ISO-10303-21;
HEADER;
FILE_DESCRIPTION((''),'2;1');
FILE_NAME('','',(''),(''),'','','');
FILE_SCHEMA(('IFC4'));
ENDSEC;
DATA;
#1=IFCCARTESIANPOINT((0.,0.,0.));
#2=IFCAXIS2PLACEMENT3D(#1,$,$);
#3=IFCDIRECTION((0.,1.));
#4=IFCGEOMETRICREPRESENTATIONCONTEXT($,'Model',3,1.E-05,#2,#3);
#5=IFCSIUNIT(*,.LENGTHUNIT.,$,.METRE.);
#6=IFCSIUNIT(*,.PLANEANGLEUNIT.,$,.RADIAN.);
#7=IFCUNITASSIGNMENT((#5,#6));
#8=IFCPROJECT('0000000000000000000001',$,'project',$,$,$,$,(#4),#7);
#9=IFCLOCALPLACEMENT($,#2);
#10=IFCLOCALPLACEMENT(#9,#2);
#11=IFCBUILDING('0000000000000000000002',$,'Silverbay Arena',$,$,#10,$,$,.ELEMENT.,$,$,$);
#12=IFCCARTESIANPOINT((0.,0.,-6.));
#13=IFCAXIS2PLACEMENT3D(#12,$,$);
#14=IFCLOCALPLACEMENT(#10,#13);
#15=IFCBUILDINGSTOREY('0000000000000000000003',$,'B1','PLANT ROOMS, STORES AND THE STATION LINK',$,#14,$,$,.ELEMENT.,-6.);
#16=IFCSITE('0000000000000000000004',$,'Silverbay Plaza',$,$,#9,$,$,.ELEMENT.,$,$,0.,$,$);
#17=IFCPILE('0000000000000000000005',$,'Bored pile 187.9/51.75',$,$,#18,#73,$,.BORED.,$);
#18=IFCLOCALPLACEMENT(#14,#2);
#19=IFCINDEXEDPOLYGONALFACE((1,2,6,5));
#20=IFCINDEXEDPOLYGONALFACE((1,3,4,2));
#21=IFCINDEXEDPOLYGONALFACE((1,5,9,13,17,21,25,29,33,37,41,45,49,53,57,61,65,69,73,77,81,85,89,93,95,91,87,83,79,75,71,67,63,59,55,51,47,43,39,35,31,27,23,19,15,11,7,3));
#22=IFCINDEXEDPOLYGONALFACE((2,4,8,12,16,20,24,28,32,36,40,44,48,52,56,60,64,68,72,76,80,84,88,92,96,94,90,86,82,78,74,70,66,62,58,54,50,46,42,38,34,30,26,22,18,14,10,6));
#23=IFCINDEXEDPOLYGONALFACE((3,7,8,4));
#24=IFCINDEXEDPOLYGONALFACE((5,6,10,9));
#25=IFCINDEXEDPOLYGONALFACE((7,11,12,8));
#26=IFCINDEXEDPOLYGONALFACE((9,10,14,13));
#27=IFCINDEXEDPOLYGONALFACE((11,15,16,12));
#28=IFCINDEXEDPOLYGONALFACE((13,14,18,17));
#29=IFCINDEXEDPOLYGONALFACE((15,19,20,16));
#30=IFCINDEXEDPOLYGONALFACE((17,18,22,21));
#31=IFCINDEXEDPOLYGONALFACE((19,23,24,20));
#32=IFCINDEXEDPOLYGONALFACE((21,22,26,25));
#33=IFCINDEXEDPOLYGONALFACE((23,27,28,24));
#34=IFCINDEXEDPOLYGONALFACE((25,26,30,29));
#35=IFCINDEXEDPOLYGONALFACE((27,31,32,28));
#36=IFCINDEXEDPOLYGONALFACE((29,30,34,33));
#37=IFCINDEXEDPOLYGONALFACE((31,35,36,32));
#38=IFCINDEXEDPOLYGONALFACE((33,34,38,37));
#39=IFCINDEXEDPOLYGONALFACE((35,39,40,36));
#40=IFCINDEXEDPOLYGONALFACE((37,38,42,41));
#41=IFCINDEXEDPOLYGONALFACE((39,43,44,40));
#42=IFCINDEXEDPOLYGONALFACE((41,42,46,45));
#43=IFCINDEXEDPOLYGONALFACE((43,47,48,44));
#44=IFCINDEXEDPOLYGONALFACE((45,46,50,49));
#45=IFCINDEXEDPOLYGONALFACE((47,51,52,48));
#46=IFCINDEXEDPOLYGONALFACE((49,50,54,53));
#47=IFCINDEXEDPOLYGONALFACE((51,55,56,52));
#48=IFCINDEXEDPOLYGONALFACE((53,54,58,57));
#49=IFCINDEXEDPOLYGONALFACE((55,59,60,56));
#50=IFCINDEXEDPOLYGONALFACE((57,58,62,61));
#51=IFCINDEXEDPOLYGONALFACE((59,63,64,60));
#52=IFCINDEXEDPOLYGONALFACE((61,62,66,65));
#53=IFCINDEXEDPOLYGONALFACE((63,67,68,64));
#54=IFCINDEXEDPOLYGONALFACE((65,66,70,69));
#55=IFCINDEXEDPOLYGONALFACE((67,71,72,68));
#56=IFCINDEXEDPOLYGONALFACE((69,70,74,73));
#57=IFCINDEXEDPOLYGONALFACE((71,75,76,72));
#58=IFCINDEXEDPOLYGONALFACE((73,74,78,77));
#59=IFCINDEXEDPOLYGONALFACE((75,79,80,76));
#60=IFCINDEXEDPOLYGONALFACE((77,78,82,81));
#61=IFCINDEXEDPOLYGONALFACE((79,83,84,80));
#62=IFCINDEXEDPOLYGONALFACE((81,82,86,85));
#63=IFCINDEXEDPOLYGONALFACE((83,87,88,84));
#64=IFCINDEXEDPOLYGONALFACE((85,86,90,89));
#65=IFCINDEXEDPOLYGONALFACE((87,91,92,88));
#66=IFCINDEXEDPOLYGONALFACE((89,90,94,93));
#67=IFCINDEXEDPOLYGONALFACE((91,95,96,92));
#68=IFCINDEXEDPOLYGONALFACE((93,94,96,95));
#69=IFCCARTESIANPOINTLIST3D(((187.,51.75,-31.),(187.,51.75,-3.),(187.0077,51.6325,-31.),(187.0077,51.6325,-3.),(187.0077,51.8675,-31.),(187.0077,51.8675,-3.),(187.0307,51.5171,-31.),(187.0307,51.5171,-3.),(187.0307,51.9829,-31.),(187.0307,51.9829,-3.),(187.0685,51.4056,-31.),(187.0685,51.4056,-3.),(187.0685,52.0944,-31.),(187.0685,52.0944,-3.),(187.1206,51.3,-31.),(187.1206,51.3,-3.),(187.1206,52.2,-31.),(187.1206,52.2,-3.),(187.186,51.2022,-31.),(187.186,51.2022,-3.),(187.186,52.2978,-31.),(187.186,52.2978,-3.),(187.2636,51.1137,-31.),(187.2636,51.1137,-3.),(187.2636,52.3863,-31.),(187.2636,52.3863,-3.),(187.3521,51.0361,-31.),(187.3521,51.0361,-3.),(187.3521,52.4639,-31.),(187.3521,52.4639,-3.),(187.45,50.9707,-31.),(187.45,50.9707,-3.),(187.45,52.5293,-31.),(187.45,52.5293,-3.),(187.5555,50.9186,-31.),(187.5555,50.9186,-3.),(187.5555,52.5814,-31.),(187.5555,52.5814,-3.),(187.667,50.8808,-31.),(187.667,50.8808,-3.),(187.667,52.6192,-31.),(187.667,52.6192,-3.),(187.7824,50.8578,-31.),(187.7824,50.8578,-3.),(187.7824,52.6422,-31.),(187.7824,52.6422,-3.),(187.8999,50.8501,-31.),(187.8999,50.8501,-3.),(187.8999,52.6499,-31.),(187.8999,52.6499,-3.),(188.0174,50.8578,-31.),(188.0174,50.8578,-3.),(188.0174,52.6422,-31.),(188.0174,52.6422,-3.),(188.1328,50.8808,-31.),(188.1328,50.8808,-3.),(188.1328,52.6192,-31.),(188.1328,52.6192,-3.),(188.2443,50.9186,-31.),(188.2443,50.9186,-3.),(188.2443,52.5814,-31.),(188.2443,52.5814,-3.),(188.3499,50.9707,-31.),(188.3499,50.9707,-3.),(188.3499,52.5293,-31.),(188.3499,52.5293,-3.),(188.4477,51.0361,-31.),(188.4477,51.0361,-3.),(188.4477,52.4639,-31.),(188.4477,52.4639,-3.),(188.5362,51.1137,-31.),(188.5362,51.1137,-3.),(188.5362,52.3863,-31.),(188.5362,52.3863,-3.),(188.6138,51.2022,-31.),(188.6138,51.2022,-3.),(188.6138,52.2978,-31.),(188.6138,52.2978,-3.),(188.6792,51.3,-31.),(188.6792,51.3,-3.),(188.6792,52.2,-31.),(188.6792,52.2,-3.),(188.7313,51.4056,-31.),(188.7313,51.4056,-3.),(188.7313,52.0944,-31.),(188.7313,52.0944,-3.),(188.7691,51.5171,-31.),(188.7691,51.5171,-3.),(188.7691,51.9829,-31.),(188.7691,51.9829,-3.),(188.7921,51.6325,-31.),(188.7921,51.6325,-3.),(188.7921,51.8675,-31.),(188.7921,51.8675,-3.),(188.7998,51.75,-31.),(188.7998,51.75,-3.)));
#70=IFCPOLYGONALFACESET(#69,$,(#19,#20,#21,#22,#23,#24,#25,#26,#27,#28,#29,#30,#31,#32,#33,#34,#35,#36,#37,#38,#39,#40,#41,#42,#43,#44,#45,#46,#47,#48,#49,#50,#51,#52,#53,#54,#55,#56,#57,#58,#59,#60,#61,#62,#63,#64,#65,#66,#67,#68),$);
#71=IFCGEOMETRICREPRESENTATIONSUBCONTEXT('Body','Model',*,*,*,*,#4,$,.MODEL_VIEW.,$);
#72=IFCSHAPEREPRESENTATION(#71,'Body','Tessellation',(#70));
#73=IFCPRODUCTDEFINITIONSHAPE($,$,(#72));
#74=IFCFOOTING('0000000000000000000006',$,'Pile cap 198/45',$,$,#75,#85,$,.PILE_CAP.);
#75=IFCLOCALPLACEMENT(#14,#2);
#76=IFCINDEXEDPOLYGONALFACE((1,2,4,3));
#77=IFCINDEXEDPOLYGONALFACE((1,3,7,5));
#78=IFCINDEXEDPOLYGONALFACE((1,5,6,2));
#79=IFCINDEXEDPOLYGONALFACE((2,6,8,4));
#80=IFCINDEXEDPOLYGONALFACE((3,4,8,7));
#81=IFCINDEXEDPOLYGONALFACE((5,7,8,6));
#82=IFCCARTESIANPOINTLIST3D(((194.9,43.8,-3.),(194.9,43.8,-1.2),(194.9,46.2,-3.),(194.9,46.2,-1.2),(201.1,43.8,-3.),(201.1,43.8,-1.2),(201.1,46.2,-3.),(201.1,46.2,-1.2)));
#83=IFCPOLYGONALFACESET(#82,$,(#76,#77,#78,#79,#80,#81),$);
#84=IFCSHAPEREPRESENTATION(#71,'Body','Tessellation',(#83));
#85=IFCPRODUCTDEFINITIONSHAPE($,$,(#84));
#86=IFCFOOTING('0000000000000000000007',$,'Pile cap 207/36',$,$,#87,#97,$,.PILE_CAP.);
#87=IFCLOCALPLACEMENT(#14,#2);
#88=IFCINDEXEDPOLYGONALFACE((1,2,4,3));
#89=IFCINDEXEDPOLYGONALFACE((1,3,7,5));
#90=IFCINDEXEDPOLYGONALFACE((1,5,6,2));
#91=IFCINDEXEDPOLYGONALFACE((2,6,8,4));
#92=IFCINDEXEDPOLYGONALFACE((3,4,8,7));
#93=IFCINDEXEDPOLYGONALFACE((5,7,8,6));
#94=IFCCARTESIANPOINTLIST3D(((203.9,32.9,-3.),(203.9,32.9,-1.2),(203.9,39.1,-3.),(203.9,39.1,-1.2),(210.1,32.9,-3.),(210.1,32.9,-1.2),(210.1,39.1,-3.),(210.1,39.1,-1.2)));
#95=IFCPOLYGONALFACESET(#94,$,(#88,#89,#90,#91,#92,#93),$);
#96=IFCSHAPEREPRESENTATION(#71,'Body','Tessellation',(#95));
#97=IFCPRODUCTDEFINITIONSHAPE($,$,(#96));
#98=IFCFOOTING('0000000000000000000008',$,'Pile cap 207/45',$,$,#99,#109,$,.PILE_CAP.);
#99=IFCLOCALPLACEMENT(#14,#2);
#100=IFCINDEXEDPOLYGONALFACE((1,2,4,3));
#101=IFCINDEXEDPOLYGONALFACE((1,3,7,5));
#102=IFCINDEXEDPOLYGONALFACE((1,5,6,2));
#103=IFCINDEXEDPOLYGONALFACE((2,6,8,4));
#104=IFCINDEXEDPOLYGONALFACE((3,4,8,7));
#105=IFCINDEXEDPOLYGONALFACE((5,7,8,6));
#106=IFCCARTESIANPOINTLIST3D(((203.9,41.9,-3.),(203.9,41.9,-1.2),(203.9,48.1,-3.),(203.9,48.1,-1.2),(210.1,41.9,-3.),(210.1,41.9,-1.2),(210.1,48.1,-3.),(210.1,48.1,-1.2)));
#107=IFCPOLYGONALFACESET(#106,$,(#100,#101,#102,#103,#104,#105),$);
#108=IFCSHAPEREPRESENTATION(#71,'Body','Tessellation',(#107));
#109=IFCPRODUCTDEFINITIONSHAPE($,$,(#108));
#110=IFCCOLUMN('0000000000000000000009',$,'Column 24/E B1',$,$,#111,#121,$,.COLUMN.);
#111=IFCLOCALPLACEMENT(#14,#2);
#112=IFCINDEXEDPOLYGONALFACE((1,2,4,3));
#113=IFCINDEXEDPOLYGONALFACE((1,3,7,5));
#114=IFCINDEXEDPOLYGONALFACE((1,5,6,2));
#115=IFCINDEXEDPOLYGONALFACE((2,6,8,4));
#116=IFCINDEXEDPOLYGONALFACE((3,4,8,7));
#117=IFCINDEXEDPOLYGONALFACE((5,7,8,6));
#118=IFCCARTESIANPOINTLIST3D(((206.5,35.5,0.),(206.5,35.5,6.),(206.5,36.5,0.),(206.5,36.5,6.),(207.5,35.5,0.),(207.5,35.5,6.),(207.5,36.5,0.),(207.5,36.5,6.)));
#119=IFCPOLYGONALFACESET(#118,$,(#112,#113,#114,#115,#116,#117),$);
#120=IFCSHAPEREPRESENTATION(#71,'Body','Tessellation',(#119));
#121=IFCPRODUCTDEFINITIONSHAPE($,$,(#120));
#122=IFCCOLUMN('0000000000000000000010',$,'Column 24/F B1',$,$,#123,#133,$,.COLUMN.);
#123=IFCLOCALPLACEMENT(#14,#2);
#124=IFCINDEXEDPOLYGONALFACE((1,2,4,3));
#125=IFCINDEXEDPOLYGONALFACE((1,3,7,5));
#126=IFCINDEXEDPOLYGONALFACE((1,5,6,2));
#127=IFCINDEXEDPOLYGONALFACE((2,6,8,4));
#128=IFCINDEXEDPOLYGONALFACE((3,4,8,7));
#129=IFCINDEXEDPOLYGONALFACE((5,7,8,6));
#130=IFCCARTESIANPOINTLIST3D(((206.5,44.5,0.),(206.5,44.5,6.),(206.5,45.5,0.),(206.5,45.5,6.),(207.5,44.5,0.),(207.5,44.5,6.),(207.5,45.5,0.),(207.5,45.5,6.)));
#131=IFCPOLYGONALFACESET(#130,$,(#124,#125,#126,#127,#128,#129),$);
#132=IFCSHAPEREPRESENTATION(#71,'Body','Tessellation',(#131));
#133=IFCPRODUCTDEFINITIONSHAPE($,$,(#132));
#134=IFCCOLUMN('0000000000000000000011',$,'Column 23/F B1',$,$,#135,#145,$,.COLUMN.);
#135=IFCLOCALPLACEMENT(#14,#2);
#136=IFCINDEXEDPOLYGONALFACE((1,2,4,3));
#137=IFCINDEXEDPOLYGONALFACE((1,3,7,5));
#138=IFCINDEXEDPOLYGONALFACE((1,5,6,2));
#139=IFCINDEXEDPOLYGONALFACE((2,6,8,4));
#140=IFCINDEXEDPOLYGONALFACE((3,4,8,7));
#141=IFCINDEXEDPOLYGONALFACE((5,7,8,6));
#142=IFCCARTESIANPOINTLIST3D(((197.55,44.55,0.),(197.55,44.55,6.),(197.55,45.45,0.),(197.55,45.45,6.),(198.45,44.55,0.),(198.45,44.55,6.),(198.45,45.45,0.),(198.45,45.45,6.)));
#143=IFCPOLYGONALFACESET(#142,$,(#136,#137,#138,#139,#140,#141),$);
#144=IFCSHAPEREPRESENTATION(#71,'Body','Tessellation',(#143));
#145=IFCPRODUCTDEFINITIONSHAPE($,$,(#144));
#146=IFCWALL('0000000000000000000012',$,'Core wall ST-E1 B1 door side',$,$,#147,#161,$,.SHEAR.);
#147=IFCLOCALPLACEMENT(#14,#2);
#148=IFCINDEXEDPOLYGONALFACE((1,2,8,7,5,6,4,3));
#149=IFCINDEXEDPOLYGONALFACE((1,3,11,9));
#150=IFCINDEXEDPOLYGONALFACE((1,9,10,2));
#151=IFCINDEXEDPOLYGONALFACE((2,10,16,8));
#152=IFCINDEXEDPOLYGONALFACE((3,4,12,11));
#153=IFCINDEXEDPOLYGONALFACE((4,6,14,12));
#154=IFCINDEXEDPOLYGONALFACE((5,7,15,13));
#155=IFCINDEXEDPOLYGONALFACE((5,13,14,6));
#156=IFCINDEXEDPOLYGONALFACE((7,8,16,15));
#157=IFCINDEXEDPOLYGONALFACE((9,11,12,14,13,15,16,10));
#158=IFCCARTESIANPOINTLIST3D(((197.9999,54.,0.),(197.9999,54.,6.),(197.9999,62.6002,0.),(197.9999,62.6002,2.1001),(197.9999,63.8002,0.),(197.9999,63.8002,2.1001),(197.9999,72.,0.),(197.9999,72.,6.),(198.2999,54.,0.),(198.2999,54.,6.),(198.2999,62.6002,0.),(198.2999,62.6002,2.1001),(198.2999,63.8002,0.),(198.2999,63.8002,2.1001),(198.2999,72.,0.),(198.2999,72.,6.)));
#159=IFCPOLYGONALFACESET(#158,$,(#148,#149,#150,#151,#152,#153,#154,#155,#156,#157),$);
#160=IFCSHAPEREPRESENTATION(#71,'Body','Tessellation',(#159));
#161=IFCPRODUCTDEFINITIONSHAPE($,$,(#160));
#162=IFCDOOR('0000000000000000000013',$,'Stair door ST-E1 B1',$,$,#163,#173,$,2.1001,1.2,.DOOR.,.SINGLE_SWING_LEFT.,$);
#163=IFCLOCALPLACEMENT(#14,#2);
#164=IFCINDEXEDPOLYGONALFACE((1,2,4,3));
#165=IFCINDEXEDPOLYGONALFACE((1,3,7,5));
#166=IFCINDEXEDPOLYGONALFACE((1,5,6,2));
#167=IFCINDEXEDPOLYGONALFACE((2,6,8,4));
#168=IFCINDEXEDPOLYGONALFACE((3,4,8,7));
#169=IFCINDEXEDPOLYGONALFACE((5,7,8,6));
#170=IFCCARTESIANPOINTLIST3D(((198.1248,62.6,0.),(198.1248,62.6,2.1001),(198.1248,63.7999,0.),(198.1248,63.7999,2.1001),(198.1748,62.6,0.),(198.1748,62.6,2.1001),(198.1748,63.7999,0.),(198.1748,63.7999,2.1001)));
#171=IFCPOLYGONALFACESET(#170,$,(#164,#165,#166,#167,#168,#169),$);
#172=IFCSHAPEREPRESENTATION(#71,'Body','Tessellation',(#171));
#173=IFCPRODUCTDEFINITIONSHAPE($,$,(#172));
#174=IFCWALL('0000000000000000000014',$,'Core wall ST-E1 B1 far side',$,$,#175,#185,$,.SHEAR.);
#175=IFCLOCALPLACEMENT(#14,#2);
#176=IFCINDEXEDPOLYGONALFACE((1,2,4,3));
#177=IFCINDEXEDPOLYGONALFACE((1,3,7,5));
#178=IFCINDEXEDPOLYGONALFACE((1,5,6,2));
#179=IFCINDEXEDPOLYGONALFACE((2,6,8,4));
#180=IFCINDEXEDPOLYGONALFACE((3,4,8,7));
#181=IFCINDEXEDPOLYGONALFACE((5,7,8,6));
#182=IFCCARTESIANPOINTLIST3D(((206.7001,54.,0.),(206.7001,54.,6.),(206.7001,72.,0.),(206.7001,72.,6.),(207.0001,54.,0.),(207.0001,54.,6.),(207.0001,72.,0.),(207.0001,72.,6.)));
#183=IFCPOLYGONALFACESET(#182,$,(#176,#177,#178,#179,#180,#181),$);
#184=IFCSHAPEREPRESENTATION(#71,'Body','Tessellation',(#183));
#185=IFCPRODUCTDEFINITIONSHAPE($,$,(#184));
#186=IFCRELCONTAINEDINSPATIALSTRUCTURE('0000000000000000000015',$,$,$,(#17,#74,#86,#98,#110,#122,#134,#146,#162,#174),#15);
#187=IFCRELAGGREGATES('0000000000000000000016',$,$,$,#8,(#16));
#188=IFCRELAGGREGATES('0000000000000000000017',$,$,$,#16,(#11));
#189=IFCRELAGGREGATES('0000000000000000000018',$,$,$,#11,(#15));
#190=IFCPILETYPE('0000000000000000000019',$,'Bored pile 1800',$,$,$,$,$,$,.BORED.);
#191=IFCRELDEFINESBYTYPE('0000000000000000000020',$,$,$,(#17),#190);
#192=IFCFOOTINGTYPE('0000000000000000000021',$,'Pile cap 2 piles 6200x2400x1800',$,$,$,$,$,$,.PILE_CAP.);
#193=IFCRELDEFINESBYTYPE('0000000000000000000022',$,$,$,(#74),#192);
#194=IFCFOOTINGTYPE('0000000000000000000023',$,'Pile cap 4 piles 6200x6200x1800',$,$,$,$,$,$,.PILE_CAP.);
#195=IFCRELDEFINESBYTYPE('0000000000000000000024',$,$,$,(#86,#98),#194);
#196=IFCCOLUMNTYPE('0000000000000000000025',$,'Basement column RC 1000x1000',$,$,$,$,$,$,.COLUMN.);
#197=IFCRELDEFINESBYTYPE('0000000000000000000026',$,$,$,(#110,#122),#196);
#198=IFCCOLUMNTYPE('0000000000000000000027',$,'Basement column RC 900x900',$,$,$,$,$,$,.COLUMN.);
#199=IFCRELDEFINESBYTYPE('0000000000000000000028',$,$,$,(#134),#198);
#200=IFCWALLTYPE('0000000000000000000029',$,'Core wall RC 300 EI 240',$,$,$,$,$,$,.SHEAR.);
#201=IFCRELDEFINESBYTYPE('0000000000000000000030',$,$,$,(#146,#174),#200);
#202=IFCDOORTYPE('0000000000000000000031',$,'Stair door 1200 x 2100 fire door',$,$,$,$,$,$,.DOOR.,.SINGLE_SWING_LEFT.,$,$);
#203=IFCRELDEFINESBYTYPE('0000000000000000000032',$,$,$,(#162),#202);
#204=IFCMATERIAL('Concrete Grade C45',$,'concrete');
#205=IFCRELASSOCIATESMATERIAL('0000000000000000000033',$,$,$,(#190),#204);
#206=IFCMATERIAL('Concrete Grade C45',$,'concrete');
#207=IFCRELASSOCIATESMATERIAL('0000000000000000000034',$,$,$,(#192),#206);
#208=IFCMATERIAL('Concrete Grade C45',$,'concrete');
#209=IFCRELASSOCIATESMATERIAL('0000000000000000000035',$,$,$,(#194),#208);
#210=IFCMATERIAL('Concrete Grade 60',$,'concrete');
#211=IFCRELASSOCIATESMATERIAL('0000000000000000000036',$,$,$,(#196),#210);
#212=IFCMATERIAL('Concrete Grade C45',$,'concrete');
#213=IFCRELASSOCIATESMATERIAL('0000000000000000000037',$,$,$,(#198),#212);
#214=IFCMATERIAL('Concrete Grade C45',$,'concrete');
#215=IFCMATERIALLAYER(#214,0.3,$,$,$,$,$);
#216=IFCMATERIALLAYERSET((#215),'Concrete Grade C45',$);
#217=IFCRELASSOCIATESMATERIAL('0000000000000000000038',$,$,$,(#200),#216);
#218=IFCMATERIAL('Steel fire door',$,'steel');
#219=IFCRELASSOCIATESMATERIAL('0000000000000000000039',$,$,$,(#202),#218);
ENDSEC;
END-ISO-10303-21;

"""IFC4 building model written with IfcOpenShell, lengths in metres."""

from ifc_helpers import new_model, si_unit, direction, frame, frame_2d, origin, origin_2d, place, context, subcontext, project, spatial, rectangle, circle, extrude, material, layer, layer_set, material_profile, profile_set, type_object, element, fill, save


model = new_model("IFC4")

# Units and contexts
model_context = context("Model", 3, precision=1e-05, world=origin(), true_north=direction((0.0, 1.0)))
body_context = subcontext(model_context, "Body", "Model", "MODEL_VIEW")
ifc_project = project(units=[si_unit("LENGTHUNIT", "METRE"), si_unit("PLANEANGLEUNIT", "RADIAN")], contexts=[model_context])

# Site, building, storey
site_placement = place(None, origin())
site = spatial("IfcSite", under=ifc_project, at=site_placement, Name="Silverbay Plaza", CompositionType="ELEMENT", RefElevation=0.0)
building_placement = place(site_placement, origin())
building = spatial("IfcBuilding", under=site, at=building_placement, Name="Silverbay Arena", CompositionType="ELEMENT")
storey_placement = place(building_placement, frame((0.0, 0.0, -6.0)))
storey = spatial("IfcBuildingStorey", under=building, at=storey_placement, Name="B1", Description="PLANT ROOMS, STORES AND THE STATION LINK", CompositionType="ELEMENT", Elevation=-6.0)

# Pile
ifc_material_1 = material(Name="Concrete Grade C45", Category="concrete")
ifc_material_profile_1 = material_profile(ifc_material_1, circle(Radius=0.8999, at=origin_2d()), Name="Bored pile 1800")
ifc_profile_set_1 = profile_set([ifc_material_profile_1], Name="Concrete Grade C45")
pile_type_1 = type_object("IfcPileType", Name="Bored pile 1800", PredefinedType="BORED", material=ifc_profile_set_1)
for number, where, z_axis, x_axis, name in (
    (1, (187.8999, 51.75, -3.0), (0.0, 0.0, -1.0), (1.0, 0.0, 0.0), "Bored pile 187.9/51.75"),
):
    element("IfcPile", number, at=place(storey_placement, frame(where, z_axis=z_axis, x_axis=x_axis)), inside=storey, type_object=pile_type_1, Name=name, PredefinedType="BORED", context=body_context, shape_type="SweptSolid", body=[
        extrude(circle(Radius=0.8999, at=origin_2d()), origin(), (0.0, 0.0, 1.0), 28.0),
    ])

# Footings
ifc_material_2 = material(Name="Concrete Grade C45", Category="concrete")
footing_type_1 = type_object("IfcFootingType", Name="Pile cap 2 piles 6200x2400x1800", PredefinedType="PILE_CAP", material=ifc_material_2)
footing_placement = place(storey_placement, frame((198.0, 45.0, -3.0), z_axis=(0.0, 0.0, 1.0), x_axis=(1.0, 0.0, 0.0)))
element("IfcFooting", 2, at=footing_placement, inside=storey, type_object=footing_type_1, Name="Pile cap 198/45", PredefinedType="PILE_CAP", context=body_context, shape_type="SweptSolid", body=[
    extrude(rectangle(XDim=6.2, YDim=2.3999, at=origin_2d()), origin(), (0.0, 0.0, 1.0), 1.8),
])
ifc_material_3 = material(Name="Concrete Grade C45", Category="concrete")
footing_type_2 = type_object("IfcFootingType", Name="Pile cap 4 piles 6200x6200x1800", PredefinedType="PILE_CAP", material=ifc_material_3)
for number, where, z_axis, x_axis, name in (
    (3, (207.0, 36.0, -3.0), (0.0, 0.0, 1.0), (1.0, 0.0, 0.0), "Pile cap 207/36"),
    (4, (207.0, 45.0, -3.0), (0.0, 0.0, 1.0), (1.0, 0.0, 0.0), "Pile cap 207/45"),
):
    element("IfcFooting", number, at=place(storey_placement, frame(where, z_axis=z_axis, x_axis=x_axis)), inside=storey, type_object=footing_type_2, Name=name, PredefinedType="PILE_CAP", context=body_context, shape_type="SweptSolid", body=[
        extrude(rectangle(XDim=6.2, YDim=6.2, at=origin_2d()), origin(), (0.0, 0.0, 1.0), 1.8),
    ])

# Columns
ifc_material_4 = material(Name="Concrete Grade 60", Category="concrete")
ifc_material_profile_2 = material_profile(ifc_material_4, rectangle(XDim=1.0, YDim=1.0, at=origin_2d()), Name="RC 1000x1000")
ifc_profile_set_2 = profile_set([ifc_material_profile_2], Name="Concrete Grade 60")
column_type_1 = type_object("IfcColumnType", Name="Basement column RC 1000x1000", PredefinedType="COLUMN", material=ifc_profile_set_2)
for number, where, z_axis, x_axis, name in (
    (5, (207.0, 36.0, 0.0), (0.0, 0.0, 1.0), (1.0, 0.0, 0.0), "Column 24/E B1"),
    (6, (207.0, 45.0, 0.0), (0.0, 0.0, 1.0), (1.0, 0.0, 0.0), "Column 24/F B1"),
):
    element("IfcColumn", number, at=place(storey_placement, frame(where, z_axis=z_axis, x_axis=x_axis)), inside=storey, type_object=column_type_1, Name=name, PredefinedType="COLUMN", context=body_context, shape_type="SweptSolid", body=[
        extrude(rectangle(XDim=1.0, YDim=1.0, at=origin_2d()), origin(), (0.0, 0.0, 1.0), 6.0),
    ])
ifc_material_5 = material(Name="Concrete Grade C45", Category="concrete")
ifc_material_profile_3 = material_profile(ifc_material_5, rectangle(XDim=0.8999, YDim=0.8999, at=origin_2d()), Name="RC 900x900")
ifc_profile_set_3 = profile_set([ifc_material_profile_3], Name="Concrete Grade C45")
column_type_2 = type_object("IfcColumnType", Name="Basement column RC 900x900", PredefinedType="COLUMN", material=ifc_profile_set_3)
column_placement = place(storey_placement, frame((198.0, 45.0, 0.0), z_axis=(0.0, 0.0, 1.0), x_axis=(1.0, 0.0, 0.0)))
element("IfcColumn", 7, at=column_placement, inside=storey, type_object=column_type_2, Name="Column 23/F B1", PredefinedType="COLUMN", context=body_context, shape_type="SweptSolid", body=[
    extrude(rectangle(XDim=0.8999, YDim=0.8999, at=origin_2d()), origin(), (0.0, 0.0, 1.0), 6.0),
])

# Wall, opening, door
ifc_material_6 = material(Name="Concrete Grade C45", Category="concrete")
ifc_layer_1 = layer(ifc_material_6, 0.3)
ifc_layer_set_1 = layer_set([ifc_layer_1], Name="Concrete Grade C45")
wall_type_1 = type_object("IfcWallType", Name="Core wall RC 300 EI 240", PredefinedType="SHEAR", material=ifc_layer_set_1)
wall_1_placement = place(storey_placement, frame((198.1499, 54.0, 0.0), z_axis=(0.0, 0.0, 1.0), x_axis=(0.0, 1.0, 0.0)))
wall_1 = element("IfcWall", 8, at=wall_1_placement, inside=storey, type_object=wall_type_1, Name="Core wall ST-E1 B1 door side", PredefinedType="SHEAR", context=body_context, shape_type="SweptSolid", body=[
    extrude(rectangle(XDim=18.0, YDim=0.3, at=frame_2d((9.0, 0.0))), origin(), (0.0, 0.0, 1.0), 6.0),
])
opening_1_placement = place(wall_1_placement, frame((8.6001, 0.0, 0.0)))
opening_1 = element("IfcOpeningElement", 9, at=opening_1_placement, cuts=wall_1, PredefinedType="OPENING", context=body_context, shape_type="SweptSolid", body=[
    extrude(rectangle(XDim=1.2, YDim=2.1001, at=frame_2d((0.6001, 1.05))), frame((0.0, 0.1602, 0.0), z_axis=(0.0, -1.0, 0.0), x_axis=(1.0, 0.0, 0.0)), (0.0, 0.0, 1.0), 0.3201),
])
ifc_material_7 = material(Name="Steel fire door", Category="steel")
door_type_1 = type_object("IfcDoorType", Name="Stair door 1200 x 2100 fire door", OperationType="SINGLE_SWING_LEFT", PredefinedType="DOOR", material=ifc_material_7)
door_1_placement = place(opening_1_placement, frame((1.2, 0.0, 0.0), z_axis=(0.0, 0.0, 1.0), x_axis=(-1.0, 0.0, 0.0)))
door_1 = element("IfcDoor", 10, at=door_1_placement, inside=storey, type_object=door_type_1, Name="Stair door ST-E1 B1", OperationType="SINGLE_SWING_LEFT", OverallHeight=2.1001, OverallWidth=1.2, PredefinedType="DOOR", context=body_context, shape_type="SweptSolid", body=[
    extrude(rectangle(XDim=1.2, YDim=2.1001, at=frame_2d((0.6001, 1.05))), frame((0.0, 0.0249, 0.0), z_axis=(0.0, -1.0, 0.0), x_axis=(1.0, 0.0, 0.0)), (0.0, 0.0, 1.0), 0.05),
])
fill(opening_1, door_1)

# Wall
wall_2_placement = place(storey_placement, frame((206.8501, 54.0, 0.0), z_axis=(0.0, 0.0, 1.0), x_axis=(0.0, 1.0, 0.0)))
element("IfcWall", 11, at=wall_2_placement, inside=storey, type_object=wall_type_1, Name="Core wall ST-E1 B1 far side", PredefinedType="SHEAR", context=body_context, shape_type="SweptSolid", body=[
    extrude(rectangle(XDim=18.0, YDim=0.3, at=frame_2d((9.0, 0.0))), origin(), (0.0, 0.0, 1.0), 6.0),
])

save(model, "model.ifc")
